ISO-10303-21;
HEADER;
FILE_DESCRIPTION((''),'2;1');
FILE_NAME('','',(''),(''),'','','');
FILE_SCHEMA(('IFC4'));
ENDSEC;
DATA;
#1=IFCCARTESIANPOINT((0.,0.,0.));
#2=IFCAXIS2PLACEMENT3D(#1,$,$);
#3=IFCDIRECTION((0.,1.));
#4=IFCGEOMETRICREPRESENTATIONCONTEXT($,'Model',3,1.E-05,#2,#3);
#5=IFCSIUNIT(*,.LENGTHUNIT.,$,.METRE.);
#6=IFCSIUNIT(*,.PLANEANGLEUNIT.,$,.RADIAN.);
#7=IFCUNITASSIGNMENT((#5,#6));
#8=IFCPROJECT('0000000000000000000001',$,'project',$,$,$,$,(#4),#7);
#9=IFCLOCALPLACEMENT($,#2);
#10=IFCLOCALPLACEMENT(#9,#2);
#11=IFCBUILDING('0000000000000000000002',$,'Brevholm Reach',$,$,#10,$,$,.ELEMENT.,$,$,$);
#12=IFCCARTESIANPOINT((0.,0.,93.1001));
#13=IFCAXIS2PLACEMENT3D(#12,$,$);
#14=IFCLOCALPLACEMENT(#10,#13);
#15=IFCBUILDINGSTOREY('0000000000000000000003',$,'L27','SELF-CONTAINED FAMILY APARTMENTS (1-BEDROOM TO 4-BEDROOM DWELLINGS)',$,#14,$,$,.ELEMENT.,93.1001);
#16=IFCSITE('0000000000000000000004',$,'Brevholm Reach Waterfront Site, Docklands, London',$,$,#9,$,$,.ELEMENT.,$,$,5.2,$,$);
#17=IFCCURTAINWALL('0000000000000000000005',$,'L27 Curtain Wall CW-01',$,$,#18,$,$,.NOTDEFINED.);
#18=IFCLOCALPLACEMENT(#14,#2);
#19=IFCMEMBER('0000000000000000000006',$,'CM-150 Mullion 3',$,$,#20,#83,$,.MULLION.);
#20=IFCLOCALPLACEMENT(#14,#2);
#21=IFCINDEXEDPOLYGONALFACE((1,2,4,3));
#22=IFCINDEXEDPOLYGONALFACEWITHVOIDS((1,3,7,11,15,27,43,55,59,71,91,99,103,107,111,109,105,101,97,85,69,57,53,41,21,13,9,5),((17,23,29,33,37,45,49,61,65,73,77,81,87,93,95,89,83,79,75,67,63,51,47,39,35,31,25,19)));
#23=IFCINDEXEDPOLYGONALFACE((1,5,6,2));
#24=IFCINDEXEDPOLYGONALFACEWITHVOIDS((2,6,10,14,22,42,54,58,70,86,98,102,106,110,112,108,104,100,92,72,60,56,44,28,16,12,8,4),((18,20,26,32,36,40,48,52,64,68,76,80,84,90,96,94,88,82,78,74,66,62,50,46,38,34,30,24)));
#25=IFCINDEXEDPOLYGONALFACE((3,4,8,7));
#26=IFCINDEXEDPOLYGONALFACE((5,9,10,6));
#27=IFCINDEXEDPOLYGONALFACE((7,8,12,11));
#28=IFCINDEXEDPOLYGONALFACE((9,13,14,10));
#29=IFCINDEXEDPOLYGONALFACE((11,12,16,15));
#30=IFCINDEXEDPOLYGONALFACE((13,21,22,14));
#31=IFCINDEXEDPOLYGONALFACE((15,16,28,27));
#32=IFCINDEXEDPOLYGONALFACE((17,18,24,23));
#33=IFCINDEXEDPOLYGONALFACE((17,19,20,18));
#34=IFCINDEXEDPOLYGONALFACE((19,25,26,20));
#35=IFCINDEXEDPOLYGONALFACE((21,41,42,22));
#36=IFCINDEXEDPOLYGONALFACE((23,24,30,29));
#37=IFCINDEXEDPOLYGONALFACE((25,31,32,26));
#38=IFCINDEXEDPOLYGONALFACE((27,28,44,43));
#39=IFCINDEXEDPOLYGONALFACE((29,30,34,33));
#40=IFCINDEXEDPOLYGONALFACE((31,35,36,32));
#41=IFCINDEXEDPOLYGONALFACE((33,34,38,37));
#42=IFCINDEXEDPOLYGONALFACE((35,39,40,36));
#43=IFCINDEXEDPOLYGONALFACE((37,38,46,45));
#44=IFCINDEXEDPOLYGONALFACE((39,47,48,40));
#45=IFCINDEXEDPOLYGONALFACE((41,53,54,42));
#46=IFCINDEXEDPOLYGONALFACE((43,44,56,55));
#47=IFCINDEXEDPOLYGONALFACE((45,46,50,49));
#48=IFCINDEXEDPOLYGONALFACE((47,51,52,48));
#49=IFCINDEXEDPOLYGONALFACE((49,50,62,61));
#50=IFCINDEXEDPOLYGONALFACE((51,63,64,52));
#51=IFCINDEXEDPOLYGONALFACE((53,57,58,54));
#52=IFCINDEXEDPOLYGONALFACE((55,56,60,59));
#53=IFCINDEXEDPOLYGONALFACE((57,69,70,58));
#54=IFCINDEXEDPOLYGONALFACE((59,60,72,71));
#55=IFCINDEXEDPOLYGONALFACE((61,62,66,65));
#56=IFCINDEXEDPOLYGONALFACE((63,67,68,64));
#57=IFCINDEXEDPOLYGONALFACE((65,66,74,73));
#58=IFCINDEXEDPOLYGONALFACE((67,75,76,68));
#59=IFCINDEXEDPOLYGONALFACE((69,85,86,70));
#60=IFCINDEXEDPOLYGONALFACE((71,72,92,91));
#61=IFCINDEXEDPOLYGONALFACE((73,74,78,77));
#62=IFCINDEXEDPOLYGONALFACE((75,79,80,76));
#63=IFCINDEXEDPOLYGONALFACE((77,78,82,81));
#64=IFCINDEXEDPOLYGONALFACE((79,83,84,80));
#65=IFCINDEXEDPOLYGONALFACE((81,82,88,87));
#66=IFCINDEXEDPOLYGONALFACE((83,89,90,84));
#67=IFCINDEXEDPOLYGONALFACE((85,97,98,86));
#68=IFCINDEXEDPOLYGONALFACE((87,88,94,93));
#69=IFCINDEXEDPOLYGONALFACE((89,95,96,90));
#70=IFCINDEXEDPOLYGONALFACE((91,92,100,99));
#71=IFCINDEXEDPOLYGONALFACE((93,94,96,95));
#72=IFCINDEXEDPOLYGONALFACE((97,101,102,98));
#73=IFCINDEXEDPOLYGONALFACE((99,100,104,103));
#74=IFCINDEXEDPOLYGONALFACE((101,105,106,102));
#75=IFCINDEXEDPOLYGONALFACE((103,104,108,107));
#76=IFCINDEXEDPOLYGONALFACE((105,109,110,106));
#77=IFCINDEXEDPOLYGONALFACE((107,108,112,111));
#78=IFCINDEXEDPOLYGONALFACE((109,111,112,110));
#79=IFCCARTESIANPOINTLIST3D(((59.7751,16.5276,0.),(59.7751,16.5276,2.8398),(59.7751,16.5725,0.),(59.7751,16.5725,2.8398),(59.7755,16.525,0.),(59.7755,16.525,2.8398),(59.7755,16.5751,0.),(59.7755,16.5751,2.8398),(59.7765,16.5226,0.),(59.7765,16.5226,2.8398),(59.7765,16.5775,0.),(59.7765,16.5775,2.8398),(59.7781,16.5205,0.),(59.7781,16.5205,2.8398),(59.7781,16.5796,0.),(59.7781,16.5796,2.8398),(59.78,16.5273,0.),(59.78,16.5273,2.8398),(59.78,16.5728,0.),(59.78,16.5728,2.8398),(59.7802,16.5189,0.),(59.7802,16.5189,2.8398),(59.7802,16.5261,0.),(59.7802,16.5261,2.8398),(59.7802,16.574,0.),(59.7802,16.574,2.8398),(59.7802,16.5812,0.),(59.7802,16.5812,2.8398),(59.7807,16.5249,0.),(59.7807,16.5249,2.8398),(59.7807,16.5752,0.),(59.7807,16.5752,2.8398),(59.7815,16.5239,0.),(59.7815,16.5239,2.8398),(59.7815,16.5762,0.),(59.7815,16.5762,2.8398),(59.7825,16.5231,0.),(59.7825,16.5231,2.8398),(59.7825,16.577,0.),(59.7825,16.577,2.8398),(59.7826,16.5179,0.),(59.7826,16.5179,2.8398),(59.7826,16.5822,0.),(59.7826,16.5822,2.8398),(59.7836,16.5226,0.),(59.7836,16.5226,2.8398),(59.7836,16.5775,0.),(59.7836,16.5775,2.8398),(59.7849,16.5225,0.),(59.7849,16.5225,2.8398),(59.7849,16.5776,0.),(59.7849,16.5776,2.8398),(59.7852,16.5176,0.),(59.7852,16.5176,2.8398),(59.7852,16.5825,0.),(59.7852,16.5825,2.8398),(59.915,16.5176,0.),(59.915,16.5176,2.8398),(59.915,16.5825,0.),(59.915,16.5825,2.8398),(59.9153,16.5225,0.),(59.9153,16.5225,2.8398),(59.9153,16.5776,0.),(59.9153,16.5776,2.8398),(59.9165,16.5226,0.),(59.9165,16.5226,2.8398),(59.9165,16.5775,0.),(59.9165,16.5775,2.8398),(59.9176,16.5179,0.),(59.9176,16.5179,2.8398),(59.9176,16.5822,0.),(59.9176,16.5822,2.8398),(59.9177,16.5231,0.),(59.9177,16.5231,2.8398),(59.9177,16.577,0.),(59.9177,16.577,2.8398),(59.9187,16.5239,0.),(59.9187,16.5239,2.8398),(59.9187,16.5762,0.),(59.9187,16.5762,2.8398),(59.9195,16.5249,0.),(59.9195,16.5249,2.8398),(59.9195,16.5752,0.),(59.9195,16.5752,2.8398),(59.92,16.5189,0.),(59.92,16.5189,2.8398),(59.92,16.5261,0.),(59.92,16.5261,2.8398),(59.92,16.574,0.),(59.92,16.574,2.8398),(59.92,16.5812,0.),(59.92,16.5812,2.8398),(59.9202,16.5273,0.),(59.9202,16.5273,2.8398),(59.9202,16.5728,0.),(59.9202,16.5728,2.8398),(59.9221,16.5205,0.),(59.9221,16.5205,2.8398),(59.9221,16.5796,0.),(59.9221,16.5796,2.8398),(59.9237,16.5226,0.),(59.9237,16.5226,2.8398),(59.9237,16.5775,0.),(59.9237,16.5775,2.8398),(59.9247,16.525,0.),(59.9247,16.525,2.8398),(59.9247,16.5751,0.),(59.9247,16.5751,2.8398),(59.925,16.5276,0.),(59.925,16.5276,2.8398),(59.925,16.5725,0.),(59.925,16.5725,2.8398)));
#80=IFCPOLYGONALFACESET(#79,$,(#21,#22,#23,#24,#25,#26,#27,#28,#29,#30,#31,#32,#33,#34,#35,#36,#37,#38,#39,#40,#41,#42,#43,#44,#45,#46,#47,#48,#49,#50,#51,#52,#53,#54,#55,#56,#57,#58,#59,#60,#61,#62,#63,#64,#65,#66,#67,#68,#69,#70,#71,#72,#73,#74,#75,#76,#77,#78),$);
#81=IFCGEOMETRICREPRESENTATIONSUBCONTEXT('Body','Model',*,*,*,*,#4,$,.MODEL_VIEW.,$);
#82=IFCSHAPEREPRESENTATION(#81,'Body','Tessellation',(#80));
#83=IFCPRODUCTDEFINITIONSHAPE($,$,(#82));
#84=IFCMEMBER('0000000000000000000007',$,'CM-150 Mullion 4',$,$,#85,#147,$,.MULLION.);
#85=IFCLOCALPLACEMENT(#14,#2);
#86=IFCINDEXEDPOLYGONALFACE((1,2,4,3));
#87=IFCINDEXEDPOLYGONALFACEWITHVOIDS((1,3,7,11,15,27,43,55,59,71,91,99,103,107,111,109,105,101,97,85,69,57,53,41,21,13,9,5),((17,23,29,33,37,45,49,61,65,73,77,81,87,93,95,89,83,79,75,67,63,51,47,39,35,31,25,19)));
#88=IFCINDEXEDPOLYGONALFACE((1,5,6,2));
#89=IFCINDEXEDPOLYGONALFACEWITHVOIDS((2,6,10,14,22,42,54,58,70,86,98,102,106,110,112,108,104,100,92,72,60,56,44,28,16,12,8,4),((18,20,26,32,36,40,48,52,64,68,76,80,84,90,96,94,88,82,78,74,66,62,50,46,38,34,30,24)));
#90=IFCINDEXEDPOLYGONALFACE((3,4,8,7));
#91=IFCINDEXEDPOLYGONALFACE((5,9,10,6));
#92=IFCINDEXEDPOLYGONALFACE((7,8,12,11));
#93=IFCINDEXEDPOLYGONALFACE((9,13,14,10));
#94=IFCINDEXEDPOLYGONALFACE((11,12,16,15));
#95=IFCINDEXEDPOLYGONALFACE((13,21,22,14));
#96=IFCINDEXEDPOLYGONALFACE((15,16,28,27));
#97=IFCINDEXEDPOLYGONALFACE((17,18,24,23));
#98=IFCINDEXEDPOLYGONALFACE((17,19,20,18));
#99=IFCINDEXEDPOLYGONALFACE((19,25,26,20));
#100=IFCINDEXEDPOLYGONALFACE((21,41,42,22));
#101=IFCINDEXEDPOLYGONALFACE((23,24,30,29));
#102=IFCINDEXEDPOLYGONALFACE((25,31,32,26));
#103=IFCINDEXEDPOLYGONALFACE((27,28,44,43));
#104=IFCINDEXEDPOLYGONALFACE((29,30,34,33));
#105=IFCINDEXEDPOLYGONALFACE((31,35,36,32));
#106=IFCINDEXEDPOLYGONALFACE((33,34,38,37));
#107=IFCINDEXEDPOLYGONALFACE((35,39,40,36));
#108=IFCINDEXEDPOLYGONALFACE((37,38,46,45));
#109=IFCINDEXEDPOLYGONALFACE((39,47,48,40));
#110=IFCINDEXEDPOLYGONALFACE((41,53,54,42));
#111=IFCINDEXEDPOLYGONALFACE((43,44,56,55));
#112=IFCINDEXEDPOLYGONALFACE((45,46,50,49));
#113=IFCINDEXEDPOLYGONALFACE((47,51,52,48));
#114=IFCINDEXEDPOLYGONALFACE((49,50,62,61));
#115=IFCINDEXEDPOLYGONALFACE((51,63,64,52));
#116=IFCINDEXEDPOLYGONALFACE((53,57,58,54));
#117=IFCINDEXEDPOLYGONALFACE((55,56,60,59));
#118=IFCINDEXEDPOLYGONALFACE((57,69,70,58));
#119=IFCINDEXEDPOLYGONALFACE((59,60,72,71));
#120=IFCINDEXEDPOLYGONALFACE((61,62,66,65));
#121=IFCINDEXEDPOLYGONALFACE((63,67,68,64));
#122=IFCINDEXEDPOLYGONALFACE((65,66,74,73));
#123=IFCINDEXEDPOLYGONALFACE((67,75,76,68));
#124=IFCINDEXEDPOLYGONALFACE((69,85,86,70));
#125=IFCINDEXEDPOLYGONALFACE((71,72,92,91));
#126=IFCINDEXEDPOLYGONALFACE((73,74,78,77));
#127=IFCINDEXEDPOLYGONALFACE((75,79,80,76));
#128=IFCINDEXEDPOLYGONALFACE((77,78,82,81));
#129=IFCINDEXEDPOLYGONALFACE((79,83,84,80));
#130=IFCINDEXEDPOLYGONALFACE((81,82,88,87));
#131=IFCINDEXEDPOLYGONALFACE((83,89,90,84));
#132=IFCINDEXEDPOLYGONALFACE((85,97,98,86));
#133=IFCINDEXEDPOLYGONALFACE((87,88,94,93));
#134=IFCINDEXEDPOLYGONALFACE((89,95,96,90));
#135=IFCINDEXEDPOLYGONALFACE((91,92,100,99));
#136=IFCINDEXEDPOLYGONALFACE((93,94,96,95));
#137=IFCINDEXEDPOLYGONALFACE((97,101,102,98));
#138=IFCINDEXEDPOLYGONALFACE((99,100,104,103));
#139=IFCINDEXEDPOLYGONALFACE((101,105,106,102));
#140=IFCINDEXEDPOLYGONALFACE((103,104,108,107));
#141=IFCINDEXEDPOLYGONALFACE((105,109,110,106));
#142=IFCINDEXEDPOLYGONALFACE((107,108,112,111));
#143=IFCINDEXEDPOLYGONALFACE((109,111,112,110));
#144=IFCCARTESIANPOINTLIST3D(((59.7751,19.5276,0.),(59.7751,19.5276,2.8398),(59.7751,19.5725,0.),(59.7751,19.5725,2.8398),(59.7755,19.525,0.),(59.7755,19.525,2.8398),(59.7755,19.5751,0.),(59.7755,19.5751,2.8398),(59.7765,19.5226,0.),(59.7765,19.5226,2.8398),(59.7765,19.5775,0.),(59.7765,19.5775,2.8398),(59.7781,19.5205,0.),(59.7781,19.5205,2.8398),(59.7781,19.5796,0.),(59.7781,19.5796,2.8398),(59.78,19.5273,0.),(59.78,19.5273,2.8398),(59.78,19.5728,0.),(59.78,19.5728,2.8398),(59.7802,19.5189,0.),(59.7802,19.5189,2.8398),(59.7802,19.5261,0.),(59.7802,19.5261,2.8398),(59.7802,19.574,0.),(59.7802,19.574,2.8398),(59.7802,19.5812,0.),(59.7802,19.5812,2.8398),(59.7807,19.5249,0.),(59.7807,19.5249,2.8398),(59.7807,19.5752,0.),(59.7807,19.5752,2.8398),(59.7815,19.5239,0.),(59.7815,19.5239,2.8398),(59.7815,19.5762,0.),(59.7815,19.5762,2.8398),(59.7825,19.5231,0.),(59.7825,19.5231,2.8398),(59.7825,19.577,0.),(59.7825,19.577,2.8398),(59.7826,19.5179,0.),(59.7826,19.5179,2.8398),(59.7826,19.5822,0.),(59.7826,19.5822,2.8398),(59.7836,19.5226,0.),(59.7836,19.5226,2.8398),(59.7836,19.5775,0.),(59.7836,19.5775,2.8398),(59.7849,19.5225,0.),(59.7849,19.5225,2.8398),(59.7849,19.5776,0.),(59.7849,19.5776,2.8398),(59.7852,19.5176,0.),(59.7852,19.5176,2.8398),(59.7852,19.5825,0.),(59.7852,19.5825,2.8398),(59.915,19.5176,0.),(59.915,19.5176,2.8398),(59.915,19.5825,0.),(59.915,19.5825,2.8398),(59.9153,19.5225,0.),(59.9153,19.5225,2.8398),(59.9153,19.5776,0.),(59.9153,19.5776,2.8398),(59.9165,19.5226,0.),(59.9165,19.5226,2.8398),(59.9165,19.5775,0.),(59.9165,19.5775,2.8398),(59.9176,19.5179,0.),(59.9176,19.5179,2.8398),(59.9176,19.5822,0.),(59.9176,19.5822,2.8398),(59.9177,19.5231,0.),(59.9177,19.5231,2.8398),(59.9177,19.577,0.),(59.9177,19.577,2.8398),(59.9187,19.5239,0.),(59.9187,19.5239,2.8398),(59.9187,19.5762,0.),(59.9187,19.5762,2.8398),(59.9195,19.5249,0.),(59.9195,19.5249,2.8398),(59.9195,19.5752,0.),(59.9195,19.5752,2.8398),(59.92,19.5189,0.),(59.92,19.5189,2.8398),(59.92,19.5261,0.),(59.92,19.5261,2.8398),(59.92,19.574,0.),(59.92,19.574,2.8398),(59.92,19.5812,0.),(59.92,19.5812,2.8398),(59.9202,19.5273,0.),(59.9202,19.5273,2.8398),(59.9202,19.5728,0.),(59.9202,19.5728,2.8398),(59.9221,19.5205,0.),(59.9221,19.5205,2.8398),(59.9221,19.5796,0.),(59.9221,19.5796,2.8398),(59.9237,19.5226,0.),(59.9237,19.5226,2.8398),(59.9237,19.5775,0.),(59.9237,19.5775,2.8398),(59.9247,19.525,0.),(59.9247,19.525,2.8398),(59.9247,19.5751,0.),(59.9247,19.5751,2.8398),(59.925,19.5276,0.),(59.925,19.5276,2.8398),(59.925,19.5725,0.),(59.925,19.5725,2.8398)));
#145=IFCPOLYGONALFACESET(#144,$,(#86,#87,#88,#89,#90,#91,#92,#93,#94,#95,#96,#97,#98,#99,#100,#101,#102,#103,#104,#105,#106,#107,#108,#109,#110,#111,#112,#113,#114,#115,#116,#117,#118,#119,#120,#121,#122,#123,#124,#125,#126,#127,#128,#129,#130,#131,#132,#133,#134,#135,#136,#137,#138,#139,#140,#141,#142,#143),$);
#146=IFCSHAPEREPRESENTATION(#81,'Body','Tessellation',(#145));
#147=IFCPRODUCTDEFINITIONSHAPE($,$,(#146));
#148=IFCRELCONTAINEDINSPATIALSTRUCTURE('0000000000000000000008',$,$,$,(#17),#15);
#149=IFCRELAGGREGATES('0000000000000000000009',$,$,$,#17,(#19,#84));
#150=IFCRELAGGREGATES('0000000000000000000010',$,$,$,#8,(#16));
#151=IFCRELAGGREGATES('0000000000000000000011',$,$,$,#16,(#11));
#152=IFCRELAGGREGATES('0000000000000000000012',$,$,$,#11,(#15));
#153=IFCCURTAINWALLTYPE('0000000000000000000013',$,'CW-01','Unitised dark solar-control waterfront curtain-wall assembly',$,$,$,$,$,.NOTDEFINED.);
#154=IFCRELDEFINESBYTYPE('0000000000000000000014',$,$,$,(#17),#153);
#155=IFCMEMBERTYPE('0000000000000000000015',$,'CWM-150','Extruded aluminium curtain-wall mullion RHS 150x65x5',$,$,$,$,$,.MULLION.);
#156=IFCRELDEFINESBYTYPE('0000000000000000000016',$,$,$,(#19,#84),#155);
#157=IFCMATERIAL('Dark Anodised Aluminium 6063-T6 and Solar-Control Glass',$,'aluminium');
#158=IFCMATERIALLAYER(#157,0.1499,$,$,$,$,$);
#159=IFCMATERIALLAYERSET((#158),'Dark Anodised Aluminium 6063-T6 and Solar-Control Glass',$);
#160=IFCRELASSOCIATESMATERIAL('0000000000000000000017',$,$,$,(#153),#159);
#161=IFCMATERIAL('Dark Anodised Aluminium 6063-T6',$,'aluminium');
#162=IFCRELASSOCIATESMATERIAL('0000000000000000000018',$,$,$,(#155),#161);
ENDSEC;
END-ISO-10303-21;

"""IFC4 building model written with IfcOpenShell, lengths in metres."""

from ifc_helpers import new_model, si_unit, direction, frame, origin, origin_2d, place, context, subcontext, project, spatial, hollow_rectangle, extrude, material, layer, layer_set, material_profile, profile_set, type_object, element, aggregate, save


model = new_model("IFC4")

# Units and contexts
model_context = context("Model", 3, precision=1e-05, world=origin(), true_north=direction((0.0, 1.0)))
body_context = subcontext(model_context, "Body", "Model", "MODEL_VIEW")
ifc_project = project(units=[si_unit("LENGTHUNIT", "METRE"), si_unit("PLANEANGLEUNIT", "RADIAN")], contexts=[model_context])

# Site, building, storey
site_placement = place(None, origin())
site = spatial("IfcSite", under=ifc_project, at=site_placement, Name="Brevholm Reach Waterfront Site, Docklands, London", CompositionType="ELEMENT", RefElevation=5.2)
building_placement = place(site_placement, origin())
building = spatial("IfcBuilding", under=site, at=building_placement, Name="Brevholm Reach", CompositionType="ELEMENT")
storey_placement = place(building_placement, frame((0.0, 0.0, 93.1001)))
storey = spatial("IfcBuildingStorey", under=building, at=storey_placement, Name="L27", Description="SELF-CONTAINED FAMILY APARTMENTS (1-BEDROOM TO 4-BEDROOM DWELLINGS)", CompositionType="ELEMENT", Elevation=93.1001)

# Curtain wall, members
ifc_material_1 = material(Name="Dark Anodised Aluminium 6063-T6 and Solar-Control Glass", Category="aluminium")
ifc_layer_1 = layer(ifc_material_1, 0.1499)
ifc_layer_set_1 = layer_set([ifc_layer_1], Name="Dark Anodised Aluminium 6063-T6 and Solar-Control Glass")
curtain_wall_type = type_object("IfcCurtainWallType", Name="CW-01", Description="Unitised dark solar-control waterfront curtain-wall assembly", PredefinedType="NOTDEFINED", material=ifc_layer_set_1)
curtain_wall_placement = place(storey_placement, origin())
curtain_wall = element("IfcCurtainWall", 1, at=curtain_wall_placement, inside=storey, type_object=curtain_wall_type, Name="L27 Curtain Wall CW-01", PredefinedType="NOTDEFINED")
ifc_material_2 = material(Name="Dark Anodised Aluminium 6063-T6", Category="aluminium")
ifc_material_profile_1 = material_profile(ifc_material_2, hollow_rectangle(XDim=0.0649, YDim=0.1499, WallThickness=0.0049, InnerFilletRadius=0.0049, OuterFilletRadius=0.01, at=origin_2d()), Name="RHS 150x65x5")
ifc_profile_set_1 = profile_set([ifc_material_profile_1], Name="Dark Anodised Aluminium 6063-T6")
member_type_1 = type_object("IfcMemberType", Name="CWM-150", Description="Extruded aluminium curtain-wall mullion RHS 150x65x5", PredefinedType="MULLION", material=ifc_profile_set_1)
member_1_placement = place(storey_placement, frame((59.8501, 16.55, 0.0), z_axis=(0.0, 0.0, 1.0), x_axis=(0.0, 1.0, 0.0)))
member_1 = element("IfcMember", 2, at=member_1_placement, type_object=member_type_1, Name="CM-150 Mullion 3", PredefinedType="MULLION", context=body_context, shape_type="SweptSolid", body=[
    extrude(hollow_rectangle(XDim=0.0649, YDim=0.1499, WallThickness=0.0049, InnerFilletRadius=0.0049, OuterFilletRadius=0.01, at=origin_2d()), origin(), (0.0, 0.0, 1.0), 2.8398),
])
member_2_placement = place(storey_placement, frame((59.8501, 19.55, 0.0), z_axis=(0.0, 0.0, 1.0), x_axis=(0.0, 1.0, 0.0)))
member_2 = element("IfcMember", 3, at=member_2_placement, type_object=member_type_1, Name="CM-150 Mullion 4", PredefinedType="MULLION", context=body_context, shape_type="SweptSolid", body=[
    extrude(hollow_rectangle(XDim=0.0649, YDim=0.1499, WallThickness=0.0049, InnerFilletRadius=0.0049, OuterFilletRadius=0.01, at=origin_2d()), origin(), (0.0, 0.0, 1.0), 2.8398),
])
aggregate(curtain_wall, [member_1, member_2])

save(model, "model.ifc")
